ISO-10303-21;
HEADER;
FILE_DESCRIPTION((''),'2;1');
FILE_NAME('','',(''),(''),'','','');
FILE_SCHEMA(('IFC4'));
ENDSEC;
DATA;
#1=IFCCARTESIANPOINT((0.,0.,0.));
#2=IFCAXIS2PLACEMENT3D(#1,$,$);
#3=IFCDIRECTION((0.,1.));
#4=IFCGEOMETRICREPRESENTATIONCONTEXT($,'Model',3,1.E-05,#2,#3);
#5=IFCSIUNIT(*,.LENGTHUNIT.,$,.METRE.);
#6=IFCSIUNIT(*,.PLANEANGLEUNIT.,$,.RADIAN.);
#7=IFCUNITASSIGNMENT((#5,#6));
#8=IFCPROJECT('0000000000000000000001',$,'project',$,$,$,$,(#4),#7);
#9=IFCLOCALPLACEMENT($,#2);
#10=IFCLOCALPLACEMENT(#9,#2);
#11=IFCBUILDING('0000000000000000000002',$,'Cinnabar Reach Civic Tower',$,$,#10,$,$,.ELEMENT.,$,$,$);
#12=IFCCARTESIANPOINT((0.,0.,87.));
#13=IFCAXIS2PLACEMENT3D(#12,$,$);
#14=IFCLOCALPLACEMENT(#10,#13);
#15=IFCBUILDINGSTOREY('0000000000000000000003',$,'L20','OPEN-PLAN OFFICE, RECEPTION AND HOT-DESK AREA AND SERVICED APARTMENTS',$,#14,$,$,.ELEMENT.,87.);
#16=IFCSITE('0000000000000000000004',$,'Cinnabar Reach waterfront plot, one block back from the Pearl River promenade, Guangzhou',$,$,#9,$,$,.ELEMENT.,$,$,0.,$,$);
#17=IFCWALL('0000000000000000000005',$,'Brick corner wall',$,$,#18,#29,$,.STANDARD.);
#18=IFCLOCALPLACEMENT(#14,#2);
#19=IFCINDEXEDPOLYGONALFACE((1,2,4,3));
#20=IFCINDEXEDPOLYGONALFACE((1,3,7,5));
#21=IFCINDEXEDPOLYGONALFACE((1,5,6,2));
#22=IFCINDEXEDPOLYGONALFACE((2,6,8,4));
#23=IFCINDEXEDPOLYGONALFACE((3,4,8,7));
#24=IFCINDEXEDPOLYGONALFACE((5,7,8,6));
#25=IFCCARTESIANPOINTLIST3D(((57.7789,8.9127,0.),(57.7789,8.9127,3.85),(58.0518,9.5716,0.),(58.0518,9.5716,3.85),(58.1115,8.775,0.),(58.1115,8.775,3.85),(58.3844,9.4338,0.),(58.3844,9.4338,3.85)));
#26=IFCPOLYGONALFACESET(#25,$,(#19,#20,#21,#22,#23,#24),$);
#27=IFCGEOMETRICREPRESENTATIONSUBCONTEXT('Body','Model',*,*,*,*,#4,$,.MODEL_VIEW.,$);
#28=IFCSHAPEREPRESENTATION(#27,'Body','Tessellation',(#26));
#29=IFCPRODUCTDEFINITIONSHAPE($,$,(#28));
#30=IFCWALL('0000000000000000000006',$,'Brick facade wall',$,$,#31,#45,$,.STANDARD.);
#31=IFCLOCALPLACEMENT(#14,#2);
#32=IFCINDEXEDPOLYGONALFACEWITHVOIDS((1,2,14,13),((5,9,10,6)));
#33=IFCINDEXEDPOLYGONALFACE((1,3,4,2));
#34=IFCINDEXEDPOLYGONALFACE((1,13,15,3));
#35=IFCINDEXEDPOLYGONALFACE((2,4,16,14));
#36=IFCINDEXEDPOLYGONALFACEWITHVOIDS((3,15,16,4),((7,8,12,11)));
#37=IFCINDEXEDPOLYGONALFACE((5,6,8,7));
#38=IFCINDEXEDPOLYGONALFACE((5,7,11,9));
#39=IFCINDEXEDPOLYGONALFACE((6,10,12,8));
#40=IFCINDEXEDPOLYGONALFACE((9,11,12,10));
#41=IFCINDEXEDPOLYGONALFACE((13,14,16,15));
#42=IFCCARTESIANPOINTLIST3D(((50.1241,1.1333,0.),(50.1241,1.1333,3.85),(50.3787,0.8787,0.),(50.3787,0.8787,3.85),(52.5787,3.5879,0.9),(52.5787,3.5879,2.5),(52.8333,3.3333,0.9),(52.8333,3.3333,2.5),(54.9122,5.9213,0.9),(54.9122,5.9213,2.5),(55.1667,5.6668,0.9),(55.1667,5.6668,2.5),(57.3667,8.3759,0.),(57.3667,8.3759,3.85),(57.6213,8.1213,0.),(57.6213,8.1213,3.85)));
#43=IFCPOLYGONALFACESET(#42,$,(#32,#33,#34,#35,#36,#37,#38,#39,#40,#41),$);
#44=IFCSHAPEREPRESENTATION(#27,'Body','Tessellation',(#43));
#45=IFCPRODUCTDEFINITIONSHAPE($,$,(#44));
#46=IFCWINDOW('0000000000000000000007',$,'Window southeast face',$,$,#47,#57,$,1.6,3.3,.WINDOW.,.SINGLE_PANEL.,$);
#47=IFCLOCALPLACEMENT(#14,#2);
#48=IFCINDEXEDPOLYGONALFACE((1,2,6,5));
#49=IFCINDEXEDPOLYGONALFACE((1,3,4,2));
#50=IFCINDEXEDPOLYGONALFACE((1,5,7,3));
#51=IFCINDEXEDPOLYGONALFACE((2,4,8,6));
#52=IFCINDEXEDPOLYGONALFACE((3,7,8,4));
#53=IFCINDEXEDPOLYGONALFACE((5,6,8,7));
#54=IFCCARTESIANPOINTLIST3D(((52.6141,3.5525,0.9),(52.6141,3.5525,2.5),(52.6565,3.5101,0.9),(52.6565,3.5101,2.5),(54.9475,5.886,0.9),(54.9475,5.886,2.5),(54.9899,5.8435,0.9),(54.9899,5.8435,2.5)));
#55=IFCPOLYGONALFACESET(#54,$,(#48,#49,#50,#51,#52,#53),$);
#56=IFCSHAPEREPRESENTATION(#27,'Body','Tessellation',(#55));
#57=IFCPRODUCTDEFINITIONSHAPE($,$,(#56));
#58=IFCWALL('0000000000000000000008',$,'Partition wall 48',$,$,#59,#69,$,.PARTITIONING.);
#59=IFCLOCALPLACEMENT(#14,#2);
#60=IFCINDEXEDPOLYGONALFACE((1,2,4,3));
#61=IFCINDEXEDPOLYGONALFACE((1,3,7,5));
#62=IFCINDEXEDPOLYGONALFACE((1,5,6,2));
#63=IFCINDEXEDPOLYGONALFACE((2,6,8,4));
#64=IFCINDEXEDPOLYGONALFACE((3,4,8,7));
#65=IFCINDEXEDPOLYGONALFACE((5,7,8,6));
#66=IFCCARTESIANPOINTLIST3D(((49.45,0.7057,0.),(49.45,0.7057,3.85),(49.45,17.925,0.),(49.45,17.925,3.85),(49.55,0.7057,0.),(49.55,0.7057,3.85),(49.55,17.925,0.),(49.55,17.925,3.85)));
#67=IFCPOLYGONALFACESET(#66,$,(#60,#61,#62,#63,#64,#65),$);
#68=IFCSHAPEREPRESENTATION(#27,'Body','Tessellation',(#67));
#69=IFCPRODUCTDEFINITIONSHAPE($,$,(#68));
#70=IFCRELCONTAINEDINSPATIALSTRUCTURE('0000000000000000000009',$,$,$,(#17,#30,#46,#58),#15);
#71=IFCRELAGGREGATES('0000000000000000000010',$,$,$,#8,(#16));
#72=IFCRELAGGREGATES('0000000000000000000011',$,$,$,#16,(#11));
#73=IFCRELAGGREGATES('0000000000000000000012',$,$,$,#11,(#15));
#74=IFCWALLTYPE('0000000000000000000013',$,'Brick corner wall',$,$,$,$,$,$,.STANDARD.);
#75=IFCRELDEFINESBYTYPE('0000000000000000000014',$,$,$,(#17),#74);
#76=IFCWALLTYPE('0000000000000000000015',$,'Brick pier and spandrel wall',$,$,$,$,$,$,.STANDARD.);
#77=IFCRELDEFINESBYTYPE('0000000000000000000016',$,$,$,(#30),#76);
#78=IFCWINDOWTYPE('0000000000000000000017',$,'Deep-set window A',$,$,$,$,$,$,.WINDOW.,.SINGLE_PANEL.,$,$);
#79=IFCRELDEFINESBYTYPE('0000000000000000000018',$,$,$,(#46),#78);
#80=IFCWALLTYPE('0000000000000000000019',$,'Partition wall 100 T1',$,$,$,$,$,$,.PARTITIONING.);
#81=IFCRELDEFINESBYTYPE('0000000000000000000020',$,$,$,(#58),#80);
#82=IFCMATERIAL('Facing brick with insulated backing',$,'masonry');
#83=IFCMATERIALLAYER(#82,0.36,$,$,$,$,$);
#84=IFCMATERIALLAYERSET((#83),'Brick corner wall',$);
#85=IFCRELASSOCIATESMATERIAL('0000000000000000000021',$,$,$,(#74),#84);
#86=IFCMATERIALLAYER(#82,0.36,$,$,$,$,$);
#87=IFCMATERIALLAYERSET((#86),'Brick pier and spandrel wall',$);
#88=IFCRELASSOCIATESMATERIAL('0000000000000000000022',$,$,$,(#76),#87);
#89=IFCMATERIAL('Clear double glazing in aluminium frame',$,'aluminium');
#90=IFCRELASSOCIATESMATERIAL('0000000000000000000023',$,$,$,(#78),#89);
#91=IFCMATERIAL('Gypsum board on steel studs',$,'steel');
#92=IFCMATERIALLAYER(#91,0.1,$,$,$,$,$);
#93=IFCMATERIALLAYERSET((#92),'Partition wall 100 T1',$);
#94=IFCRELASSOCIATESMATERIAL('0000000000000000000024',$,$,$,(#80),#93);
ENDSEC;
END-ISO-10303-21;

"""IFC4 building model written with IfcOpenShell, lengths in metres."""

from ifc_helpers import new_model, si_unit, direction, frame, frame_2d, origin, place, context, subcontext, project, spatial, rectangle, extrude, material, layer, layer_set, type_object, element, fill, save


model = new_model("IFC4")

# Units and contexts
model_context = context("Model", 3, precision=1e-05, world=origin(), true_north=direction((0.0, 1.0)))
body_context = subcontext(model_context, "Body", "Model", "MODEL_VIEW")
ifc_project = project(units=[si_unit("LENGTHUNIT", "METRE"), si_unit("PLANEANGLEUNIT", "RADIAN")], contexts=[model_context])

# Site, building, storey
site_placement = place(None, origin())
site = spatial("IfcSite", under=ifc_project, at=site_placement, Name="Cinnabar Reach waterfront plot, one block back from the Pearl River promenade, Guangzhou", CompositionType="ELEMENT", RefElevation=0.0)
building_placement = place(site_placement, origin())
building = spatial("IfcBuilding", under=site, at=building_placement, Name="Cinnabar Reach Civic Tower", CompositionType="ELEMENT")
storey_placement = place(building_placement, frame((0.0, 0.0, 87.0)))
storey = spatial("IfcBuildingStorey", under=building, at=storey_placement, Name="L20", Description="OPEN-PLAN OFFICE, RECEPTION AND HOT-DESK AREA AND SERVICED APARTMENTS", CompositionType="ELEMENT", Elevation=87.0)

# Wall
ifc_material_1 = material(Name="Facing brick with insulated backing", Category="masonry")
ifc_layer_1 = layer(ifc_material_1, 0.36)
ifc_layer_set_1 = layer_set([ifc_layer_1], Name="Brick corner wall")
wall_type_1 = type_object("IfcWallType", Name="Brick corner wall", PredefinedType="STANDARD", material=ifc_layer_set_1)
wall_1_placement = place(storey_placement, frame((57.9452, 8.8439, 0.0), z_axis=(0.0, 0.0, 1.0), x_axis=(0.382703, 0.923872, 0.0)))
element("IfcWall", 1, at=wall_1_placement, inside=storey, type_object=wall_type_1, Name="Brick corner wall", PredefinedType="STANDARD", context=body_context, shape_type="SweptSolid", body=[
    extrude(rectangle(XDim=0.7131, YDim=0.36, at=frame_2d((0.3565, 0.0))), origin(), (0.0, 0.0, 1.0), 3.85),
])

# Wall, opening, window
ifc_layer_2 = layer(ifc_material_1, 0.36)
ifc_layer_set_2 = layer_set([ifc_layer_2], Name="Brick pier and spandrel wall")
wall_type_2 = type_object("IfcWallType", Name="Brick pier and spandrel wall", PredefinedType="STANDARD", material=ifc_layer_set_2)
wall_2_placement = place(storey_placement, frame((50.2514, 1.006, 0.0), z_axis=(0.0, 0.0, 1.0), x_axis=(0.707107, 0.707107, 0.0)))
wall_2 = element("IfcWall", 2, at=wall_2_placement, inside=storey, type_object=wall_type_2, Name="Brick facade wall", PredefinedType="STANDARD", context=body_context, shape_type="SweptSolid", body=[
    extrude(rectangle(XDim=10.2426, YDim=0.36, at=frame_2d((5.1213, 0.0))), origin(), (0.0, 0.0, 1.0), 3.85),
])
opening_placement = place(wall_2_placement, frame((3.4713, 0.0, 0.9)))
opening = element("IfcOpeningElement", 3, at=opening_placement, cuts=wall_2, PredefinedType="OPENING", context=body_context, shape_type="SweptSolid", body=[
    extrude(rectangle(XDim=3.3, YDim=1.6, at=frame_2d((1.65, 0.8))), frame((0.0, 0.19, 0.0), z_axis=(0.0, -1.0, 0.0), x_axis=(1.0, 0.0, 0.0)), (0.0, 0.0, 1.0), 0.38),
])
ifc_material_2 = material(Name="Clear double glazing in aluminium frame", Category="aluminium")
window_type = type_object("IfcWindowType", Name="Deep-set window A", PartitioningType="SINGLE_PANEL", PredefinedType="WINDOW", material=ifc_material_2)
window_placement = place(opening_placement, origin())
window = element("IfcWindow", 4, at=window_placement, inside=storey, type_object=window_type, Name="Window southeast face", OverallHeight=1.6, OverallWidth=3.3, PartitioningType="SINGLE_PANEL", PredefinedType="WINDOW", context=body_context, shape_type="SweptSolid", body=[
    extrude(rectangle(XDim=3.3, YDim=1.6, at=frame_2d((1.65, 0.8))), frame((0.0, 0.13, 0.0), z_axis=(0.0, -1.0, 0.0), x_axis=(1.0, 0.0, 0.0)), (0.0, 0.0, 1.0), 0.06),
])
fill(opening, window)

# Wall
ifc_material_3 = material(Name="Gypsum board on steel studs", Category="steel")
ifc_layer_3 = layer(ifc_material_3, 0.1)
ifc_layer_set_3 = layer_set([ifc_layer_3], Name="Partition wall 100 T1")
wall_type_3 = type_object("IfcWallType", Name="Partition wall 100 T1", PredefinedType="PARTITIONING", material=ifc_layer_set_3)
wall_3_placement = place(storey_placement, frame((49.5, 0.7057, 0.0), z_axis=(0.0, 0.0, 1.0), x_axis=(0.0, 1.0, 0.0)))
element("IfcWall", 5, at=wall_3_placement, inside=storey, type_object=wall_type_3, Name="Partition wall 48", PredefinedType="PARTITIONING", context=body_context, shape_type="SweptSolid", body=[
    extrude(rectangle(XDim=17.2193, YDim=0.1, at=frame_2d((8.6097, 0.0))), origin(), (0.0, 0.0, 1.0), 3.85),
])

save(model, "model.ifc")
